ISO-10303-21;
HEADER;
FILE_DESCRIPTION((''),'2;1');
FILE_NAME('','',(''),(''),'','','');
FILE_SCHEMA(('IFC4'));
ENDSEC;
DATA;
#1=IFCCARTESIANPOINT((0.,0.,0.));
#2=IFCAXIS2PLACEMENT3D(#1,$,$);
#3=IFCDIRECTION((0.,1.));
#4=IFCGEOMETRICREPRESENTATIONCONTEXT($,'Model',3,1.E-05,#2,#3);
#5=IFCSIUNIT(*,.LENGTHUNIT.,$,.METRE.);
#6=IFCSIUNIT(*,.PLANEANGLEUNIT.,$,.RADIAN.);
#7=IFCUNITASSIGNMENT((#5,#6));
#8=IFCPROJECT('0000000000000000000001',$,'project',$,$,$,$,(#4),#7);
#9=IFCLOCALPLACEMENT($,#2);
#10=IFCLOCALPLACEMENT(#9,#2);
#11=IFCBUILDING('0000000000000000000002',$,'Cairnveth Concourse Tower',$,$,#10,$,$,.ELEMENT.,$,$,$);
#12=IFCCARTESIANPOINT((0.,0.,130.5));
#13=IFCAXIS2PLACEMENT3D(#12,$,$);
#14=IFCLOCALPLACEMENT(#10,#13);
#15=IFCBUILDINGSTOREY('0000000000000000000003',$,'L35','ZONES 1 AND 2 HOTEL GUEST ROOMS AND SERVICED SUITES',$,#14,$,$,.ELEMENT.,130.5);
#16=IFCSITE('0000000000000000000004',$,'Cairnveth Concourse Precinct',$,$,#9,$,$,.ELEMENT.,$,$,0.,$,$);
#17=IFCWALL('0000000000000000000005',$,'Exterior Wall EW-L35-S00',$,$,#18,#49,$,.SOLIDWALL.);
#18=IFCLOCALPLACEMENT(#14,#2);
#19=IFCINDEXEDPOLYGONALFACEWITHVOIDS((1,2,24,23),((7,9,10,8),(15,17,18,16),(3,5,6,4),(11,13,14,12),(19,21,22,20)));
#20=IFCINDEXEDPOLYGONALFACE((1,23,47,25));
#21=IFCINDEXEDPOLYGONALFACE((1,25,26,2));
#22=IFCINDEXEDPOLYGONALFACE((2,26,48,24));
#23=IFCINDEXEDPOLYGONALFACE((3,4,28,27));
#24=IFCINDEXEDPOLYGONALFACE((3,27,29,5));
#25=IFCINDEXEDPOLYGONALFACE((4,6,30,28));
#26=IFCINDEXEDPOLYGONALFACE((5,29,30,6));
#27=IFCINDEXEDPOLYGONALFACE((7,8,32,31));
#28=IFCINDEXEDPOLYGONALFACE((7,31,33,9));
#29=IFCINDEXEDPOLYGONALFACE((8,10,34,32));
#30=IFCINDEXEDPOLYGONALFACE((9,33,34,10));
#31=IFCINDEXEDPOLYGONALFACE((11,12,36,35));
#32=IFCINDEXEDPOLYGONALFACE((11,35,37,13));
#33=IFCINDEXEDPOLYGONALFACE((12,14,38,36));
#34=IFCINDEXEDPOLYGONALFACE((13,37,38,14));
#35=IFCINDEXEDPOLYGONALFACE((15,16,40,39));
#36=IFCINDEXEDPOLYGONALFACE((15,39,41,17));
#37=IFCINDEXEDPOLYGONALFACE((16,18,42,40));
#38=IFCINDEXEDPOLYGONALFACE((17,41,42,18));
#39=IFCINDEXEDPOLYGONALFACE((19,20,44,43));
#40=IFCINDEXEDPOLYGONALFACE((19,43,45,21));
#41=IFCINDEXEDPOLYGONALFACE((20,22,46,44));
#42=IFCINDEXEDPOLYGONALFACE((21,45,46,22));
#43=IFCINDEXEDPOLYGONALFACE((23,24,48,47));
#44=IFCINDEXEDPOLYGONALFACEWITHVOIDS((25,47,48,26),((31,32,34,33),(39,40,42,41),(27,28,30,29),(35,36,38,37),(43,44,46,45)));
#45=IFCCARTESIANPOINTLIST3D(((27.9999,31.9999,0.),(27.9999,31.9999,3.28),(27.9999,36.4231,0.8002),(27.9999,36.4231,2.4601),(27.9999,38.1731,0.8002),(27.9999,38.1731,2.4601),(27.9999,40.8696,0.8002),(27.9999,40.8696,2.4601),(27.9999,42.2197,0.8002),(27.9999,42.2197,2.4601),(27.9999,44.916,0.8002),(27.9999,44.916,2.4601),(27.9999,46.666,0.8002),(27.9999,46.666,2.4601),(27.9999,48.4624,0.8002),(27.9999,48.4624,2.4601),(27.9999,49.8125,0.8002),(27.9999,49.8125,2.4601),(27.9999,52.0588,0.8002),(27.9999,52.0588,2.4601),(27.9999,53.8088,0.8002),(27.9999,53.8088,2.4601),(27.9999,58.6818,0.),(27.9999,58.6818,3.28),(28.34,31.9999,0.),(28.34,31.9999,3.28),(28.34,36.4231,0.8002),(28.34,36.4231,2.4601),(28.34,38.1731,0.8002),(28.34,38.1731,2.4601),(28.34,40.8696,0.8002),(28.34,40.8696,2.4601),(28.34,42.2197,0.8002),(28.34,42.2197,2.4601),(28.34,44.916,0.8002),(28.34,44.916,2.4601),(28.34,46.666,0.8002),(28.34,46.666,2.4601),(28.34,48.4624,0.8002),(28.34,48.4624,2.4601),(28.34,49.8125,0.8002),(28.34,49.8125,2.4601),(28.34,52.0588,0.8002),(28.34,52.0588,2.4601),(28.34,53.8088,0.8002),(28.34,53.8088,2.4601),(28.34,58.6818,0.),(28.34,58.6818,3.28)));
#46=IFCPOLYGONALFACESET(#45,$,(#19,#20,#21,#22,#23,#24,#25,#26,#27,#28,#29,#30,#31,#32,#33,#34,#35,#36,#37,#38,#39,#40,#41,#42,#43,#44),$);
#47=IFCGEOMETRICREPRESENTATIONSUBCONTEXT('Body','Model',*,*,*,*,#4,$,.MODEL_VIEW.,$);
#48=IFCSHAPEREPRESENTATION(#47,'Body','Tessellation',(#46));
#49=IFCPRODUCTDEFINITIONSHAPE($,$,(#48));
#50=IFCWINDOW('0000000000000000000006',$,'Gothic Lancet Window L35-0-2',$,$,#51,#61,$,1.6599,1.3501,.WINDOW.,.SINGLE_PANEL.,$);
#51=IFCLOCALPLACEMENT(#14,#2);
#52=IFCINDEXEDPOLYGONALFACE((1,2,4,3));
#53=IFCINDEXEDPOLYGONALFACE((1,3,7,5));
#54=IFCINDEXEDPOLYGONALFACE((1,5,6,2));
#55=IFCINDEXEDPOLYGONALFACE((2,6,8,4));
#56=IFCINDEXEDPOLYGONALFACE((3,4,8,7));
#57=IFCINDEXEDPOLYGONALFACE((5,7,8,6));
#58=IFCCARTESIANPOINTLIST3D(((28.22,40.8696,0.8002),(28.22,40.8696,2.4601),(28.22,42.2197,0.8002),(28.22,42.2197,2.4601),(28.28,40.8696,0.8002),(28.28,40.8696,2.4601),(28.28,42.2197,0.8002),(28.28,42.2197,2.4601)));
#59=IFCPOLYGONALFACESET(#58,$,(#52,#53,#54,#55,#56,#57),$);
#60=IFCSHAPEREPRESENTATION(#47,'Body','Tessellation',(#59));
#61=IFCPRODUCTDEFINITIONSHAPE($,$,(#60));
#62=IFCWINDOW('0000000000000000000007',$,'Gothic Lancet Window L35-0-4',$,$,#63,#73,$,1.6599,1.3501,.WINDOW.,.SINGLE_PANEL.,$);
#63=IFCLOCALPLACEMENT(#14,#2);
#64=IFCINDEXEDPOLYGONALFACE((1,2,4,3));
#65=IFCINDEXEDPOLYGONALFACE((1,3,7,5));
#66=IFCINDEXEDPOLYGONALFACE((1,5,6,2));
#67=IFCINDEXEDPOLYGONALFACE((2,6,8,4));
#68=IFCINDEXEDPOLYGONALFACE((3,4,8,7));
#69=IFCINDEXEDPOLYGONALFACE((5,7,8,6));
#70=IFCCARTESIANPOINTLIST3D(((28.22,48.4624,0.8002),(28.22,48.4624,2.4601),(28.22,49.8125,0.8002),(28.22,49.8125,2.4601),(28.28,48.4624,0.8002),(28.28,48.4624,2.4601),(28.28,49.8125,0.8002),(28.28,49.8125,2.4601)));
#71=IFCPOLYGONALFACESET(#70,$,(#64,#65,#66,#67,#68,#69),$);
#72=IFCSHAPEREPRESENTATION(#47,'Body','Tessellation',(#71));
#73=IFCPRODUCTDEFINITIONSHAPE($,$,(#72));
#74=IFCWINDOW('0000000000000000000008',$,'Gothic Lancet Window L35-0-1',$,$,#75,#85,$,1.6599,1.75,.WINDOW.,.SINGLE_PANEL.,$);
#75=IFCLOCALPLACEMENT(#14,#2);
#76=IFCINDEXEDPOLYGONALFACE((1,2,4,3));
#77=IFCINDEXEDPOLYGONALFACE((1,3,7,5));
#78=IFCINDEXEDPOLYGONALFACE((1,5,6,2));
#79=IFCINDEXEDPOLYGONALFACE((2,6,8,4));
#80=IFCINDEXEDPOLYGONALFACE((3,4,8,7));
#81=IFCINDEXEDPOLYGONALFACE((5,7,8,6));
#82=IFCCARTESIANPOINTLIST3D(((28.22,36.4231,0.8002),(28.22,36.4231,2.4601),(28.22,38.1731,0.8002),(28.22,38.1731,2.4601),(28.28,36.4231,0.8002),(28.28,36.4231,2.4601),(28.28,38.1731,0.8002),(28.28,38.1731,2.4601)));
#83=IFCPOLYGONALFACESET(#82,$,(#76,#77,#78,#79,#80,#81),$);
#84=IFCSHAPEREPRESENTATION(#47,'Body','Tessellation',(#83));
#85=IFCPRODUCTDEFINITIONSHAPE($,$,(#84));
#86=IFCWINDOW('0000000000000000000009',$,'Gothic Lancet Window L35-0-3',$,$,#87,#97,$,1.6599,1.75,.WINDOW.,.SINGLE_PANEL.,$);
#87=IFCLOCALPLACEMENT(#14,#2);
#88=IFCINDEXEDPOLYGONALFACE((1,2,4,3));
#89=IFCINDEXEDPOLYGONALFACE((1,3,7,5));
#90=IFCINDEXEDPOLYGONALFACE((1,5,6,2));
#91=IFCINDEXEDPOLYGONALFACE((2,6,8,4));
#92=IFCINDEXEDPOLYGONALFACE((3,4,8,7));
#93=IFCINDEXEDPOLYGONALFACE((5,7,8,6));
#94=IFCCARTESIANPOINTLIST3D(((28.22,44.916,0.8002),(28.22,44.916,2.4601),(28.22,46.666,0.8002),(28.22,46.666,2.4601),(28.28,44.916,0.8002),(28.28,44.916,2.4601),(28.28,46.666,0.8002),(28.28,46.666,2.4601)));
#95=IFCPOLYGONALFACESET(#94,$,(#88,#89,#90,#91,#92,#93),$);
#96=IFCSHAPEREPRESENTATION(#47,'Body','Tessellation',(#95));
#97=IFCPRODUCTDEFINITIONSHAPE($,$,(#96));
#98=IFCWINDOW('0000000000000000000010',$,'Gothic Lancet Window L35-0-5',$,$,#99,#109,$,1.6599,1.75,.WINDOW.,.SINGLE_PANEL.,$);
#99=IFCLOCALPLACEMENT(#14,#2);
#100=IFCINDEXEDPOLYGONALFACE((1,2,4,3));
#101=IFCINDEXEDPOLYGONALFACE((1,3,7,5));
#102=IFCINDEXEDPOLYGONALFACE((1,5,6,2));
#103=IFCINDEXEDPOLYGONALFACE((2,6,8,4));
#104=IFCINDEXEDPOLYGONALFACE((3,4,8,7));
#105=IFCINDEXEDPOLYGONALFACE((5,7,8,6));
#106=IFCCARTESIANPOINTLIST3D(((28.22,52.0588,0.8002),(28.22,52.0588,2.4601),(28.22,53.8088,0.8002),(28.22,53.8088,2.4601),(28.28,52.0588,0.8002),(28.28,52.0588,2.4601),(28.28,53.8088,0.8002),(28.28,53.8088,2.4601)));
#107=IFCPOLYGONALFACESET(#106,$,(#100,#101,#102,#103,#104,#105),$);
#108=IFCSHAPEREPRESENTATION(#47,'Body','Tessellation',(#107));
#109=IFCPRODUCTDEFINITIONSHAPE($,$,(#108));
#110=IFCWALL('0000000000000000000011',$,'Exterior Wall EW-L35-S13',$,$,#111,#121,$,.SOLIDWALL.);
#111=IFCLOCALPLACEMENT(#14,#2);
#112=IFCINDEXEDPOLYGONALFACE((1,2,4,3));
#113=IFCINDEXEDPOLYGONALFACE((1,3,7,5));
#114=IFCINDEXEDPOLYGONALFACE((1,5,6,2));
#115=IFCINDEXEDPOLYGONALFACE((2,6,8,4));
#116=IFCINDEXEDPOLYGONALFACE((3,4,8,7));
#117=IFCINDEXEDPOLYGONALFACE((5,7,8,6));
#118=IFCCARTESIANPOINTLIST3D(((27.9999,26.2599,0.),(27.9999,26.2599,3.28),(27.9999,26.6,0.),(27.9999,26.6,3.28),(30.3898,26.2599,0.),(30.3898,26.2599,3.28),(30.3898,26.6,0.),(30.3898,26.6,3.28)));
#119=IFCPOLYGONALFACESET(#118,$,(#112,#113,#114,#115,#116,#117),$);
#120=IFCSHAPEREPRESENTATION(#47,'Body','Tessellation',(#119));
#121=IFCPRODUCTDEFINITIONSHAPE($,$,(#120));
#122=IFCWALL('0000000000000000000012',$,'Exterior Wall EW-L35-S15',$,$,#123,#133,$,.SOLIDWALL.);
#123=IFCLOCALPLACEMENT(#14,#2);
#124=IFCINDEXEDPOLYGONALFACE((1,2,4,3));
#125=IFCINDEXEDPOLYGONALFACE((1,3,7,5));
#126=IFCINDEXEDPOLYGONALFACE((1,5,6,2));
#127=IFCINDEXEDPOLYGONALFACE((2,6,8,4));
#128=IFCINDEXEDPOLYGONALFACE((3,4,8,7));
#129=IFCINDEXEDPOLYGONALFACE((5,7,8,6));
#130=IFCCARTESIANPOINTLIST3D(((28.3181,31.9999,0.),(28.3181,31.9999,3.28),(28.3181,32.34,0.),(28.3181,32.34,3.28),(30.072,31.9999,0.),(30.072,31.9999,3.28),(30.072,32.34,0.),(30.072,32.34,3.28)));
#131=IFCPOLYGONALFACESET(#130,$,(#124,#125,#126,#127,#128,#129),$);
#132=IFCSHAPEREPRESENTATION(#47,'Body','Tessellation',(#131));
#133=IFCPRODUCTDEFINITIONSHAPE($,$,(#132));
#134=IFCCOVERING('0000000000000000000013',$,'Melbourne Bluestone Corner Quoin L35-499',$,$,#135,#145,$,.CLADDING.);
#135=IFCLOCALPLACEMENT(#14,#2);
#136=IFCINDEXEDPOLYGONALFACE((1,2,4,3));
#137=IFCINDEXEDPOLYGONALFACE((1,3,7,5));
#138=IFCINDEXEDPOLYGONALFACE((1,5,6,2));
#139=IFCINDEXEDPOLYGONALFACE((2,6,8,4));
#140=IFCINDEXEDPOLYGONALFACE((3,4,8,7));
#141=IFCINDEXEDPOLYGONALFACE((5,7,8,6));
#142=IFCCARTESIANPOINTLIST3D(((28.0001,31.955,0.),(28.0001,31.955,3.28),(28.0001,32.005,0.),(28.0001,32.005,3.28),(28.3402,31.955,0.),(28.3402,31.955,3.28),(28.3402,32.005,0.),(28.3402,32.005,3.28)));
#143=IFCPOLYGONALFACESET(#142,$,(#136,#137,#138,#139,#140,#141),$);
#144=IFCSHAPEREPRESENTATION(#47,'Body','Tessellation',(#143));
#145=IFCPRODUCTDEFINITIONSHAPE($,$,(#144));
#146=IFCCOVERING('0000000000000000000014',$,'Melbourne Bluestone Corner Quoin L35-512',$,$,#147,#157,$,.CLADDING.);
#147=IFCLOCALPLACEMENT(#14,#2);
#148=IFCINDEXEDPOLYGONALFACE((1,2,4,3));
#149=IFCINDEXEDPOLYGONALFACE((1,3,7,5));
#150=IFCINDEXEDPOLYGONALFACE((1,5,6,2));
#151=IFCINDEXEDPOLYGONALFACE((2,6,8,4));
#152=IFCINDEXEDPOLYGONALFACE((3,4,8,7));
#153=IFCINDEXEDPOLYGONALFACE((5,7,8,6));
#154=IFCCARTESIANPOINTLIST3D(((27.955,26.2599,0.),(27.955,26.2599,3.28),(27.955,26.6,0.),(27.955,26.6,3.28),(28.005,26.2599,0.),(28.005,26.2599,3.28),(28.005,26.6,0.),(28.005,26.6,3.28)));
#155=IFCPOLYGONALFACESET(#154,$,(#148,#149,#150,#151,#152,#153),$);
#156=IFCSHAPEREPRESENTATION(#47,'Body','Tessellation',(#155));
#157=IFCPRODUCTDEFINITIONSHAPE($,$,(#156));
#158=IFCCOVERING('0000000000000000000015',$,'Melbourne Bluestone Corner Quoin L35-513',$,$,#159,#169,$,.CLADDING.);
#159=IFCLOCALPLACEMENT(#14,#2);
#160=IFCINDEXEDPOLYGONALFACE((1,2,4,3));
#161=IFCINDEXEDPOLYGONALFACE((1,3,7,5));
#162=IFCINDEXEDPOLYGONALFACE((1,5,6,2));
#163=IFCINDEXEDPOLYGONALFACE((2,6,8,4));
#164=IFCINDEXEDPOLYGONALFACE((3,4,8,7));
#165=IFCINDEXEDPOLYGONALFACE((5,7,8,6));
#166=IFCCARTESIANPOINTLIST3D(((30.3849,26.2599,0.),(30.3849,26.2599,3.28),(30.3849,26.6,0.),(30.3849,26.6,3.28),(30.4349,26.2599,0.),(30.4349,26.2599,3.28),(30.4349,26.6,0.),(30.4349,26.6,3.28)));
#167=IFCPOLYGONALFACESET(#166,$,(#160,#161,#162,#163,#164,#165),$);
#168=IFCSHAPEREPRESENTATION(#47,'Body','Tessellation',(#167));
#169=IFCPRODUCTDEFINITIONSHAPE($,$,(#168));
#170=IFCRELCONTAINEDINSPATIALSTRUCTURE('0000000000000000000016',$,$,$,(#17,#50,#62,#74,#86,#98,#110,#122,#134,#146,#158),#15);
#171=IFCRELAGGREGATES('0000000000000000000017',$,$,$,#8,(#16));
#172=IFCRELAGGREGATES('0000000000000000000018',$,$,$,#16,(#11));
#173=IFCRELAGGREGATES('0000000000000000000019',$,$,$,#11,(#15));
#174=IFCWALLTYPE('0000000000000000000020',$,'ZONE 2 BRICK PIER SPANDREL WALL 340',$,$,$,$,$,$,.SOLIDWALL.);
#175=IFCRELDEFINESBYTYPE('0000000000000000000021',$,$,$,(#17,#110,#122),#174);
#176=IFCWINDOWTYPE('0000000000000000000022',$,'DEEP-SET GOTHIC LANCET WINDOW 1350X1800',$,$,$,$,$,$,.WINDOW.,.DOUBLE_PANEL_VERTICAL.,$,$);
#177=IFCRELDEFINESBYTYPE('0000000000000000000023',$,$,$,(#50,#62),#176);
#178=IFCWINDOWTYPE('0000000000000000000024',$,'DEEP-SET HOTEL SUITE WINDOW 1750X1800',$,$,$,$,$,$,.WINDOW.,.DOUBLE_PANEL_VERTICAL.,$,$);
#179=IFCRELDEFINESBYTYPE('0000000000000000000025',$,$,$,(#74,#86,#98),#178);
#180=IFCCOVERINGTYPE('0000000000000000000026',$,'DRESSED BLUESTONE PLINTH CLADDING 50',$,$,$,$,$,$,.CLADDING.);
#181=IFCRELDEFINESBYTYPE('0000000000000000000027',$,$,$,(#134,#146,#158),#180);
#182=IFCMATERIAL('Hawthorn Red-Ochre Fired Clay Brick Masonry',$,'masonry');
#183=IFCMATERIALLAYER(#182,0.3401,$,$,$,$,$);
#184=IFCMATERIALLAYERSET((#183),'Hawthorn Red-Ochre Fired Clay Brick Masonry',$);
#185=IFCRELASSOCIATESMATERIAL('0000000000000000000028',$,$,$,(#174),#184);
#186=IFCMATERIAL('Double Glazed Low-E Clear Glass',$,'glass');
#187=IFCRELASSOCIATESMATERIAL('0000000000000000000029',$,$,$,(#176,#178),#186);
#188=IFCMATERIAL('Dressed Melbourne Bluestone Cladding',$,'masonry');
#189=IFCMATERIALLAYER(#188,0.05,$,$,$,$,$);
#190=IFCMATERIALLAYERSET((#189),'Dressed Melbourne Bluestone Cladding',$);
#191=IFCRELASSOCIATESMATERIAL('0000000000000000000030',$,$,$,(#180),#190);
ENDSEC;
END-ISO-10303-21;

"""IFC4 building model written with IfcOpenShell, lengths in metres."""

from ifc_helpers import new_model, si_unit, direction, frame, frame_2d, origin, place, context, subcontext, project, spatial, rectangle, extrude, material, layer, layer_set, type_object, element, fill, save


model = new_model("IFC4")

# Units and contexts
model_context = context("Model", 3, precision=1e-05, world=origin(), true_north=direction((0.0, 1.0)))
body_context = subcontext(model_context, "Body", "Model", "MODEL_VIEW")
ifc_project = project(units=[si_unit("LENGTHUNIT", "METRE"), si_unit("PLANEANGLEUNIT", "RADIAN")], contexts=[model_context])

# Site, building, storey
site_placement = place(None, origin())
site = spatial("IfcSite", under=ifc_project, at=site_placement, Name="Cairnveth Concourse Precinct", CompositionType="ELEMENT", RefElevation=0.0)
building_placement = place(site_placement, origin())
building = spatial("IfcBuilding", under=site, at=building_placement, Name="Cairnveth Concourse Tower", CompositionType="ELEMENT")
storey_placement = place(building_placement, frame((0.0, 0.0, 130.5)))
storey = spatial("IfcBuildingStorey", under=building, at=storey_placement, Name="L35", Description="ZONES 1 AND 2 HOTEL GUEST ROOMS AND SERVICED SUITES", CompositionType="ELEMENT", Elevation=130.5)

# Shared definitions
ifc_material_1 = material(Name="Dressed Melbourne Bluestone Cladding", Category="masonry")

# Wall, openings, windows
ifc_material_2 = material(Name="Hawthorn Red-Ochre Fired Clay Brick Masonry", Category="masonry")
ifc_layer_1 = layer(ifc_material_2, 0.3401)
ifc_layer_set_1 = layer_set([ifc_layer_1], Name="Hawthorn Red-Ochre Fired Clay Brick Masonry")
wall_type_1 = type_object("IfcWallType", Name="ZONE 2 BRICK PIER SPANDREL WALL 340", PredefinedType="SOLIDWALL", material=ifc_layer_set_1)
wall_1_placement = place(storey_placement, frame((28.1699, 32.0, 0.0), z_axis=(0.0, 0.0, 1.0), x_axis=(0.0, 1.0, 0.0)))
wall_1 = element("IfcWall", 1, at=wall_1_placement, inside=storey, type_object=wall_type_1, Name="Exterior Wall EW-L35-S00", PredefinedType="SOLIDWALL", context=body_context, shape_type="SweptSolid", body=[
    extrude(rectangle(XDim=26.6819, YDim=0.3401, at=frame_2d((13.3408, 0.0))), origin(), (0.0, 0.0, 1.0), 3.28),
])
opening_1_placement = place(wall_1_placement, frame((4.4231, 0.0, 0.8)))
opening_1 = element("IfcOpeningElement", 2, at=opening_1_placement, cuts=wall_1, PredefinedType="OPENING", context=body_context, shape_type="SweptSolid", body=[
    extrude(rectangle(XDim=1.75, YDim=1.6599, at=frame_2d((0.875, 0.8301))), frame((0.0, 0.1799, 0.0), z_axis=(0.0, -1.0, 0.0), x_axis=(1.0, 0.0, 0.0)), (0.0, 0.0, 1.0), 0.3601),
])
opening_2_placement = place(wall_1_placement, frame((8.8696, 0.0, 0.8)))
opening_2 = element("IfcOpeningElement", 3, at=opening_2_placement, cuts=wall_1, PredefinedType="OPENING", context=body_context, shape_type="SweptSolid", body=[
    extrude(rectangle(XDim=1.3501, YDim=1.6599, at=frame_2d((0.675, 0.8301))), frame((0.0, 0.1799, 0.0), z_axis=(0.0, -1.0, 0.0), x_axis=(1.0, 0.0, 0.0)), (0.0, 0.0, 1.0), 0.3601),
])
opening_3_placement = place(wall_1_placement, frame((12.916, 0.0, 0.8)))
opening_3 = element("IfcOpeningElement", 4, at=opening_3_placement, cuts=wall_1, PredefinedType="OPENING", context=body_context, shape_type="SweptSolid", body=[
    extrude(rectangle(XDim=1.75, YDim=1.6599, at=frame_2d((0.875, 0.8301))), frame((0.0, 0.1799, 0.0), z_axis=(0.0, -1.0, 0.0), x_axis=(1.0, 0.0, 0.0)), (0.0, 0.0, 1.0), 0.3601),
])
opening_4_placement = place(wall_1_placement, frame((16.4624, 0.0, 0.8)))
opening_4 = element("IfcOpeningElement", 5, at=opening_4_placement, cuts=wall_1, PredefinedType="OPENING", context=body_context, shape_type="SweptSolid", body=[
    extrude(rectangle(XDim=1.3501, YDim=1.6599, at=frame_2d((0.675, 0.8301))), frame((0.0, 0.1799, 0.0), z_axis=(0.0, -1.0, 0.0), x_axis=(1.0, 0.0, 0.0)), (0.0, 0.0, 1.0), 0.3601),
])
opening_5_placement = place(wall_1_placement, frame((20.0588, 0.0, 0.8)))
opening_5 = element("IfcOpeningElement", 6, at=opening_5_placement, cuts=wall_1, PredefinedType="OPENING", context=body_context, shape_type="SweptSolid", body=[
    extrude(rectangle(XDim=1.75, YDim=1.6599, at=frame_2d((0.875, 0.8301))), frame((0.0, 0.1799, 0.0), z_axis=(0.0, -1.0, 0.0), x_axis=(1.0, 0.0, 0.0)), (0.0, 0.0, 1.0), 0.3601),
])
ifc_material_3 = material(Name="Double Glazed Low-E Clear Glass", Category="glass")
window_type_1 = type_object("IfcWindowType", Name="DEEP-SET GOTHIC LANCET WINDOW 1350X1800", PartitioningType="DOUBLE_PANEL_VERTICAL", PredefinedType="WINDOW", material=ifc_material_3)
window_1_placement = place(opening_2_placement, origin())
window_1 = element("IfcWindow", 7, at=window_1_placement, inside=storey, type_object=window_type_1, Name="Gothic Lancet Window L35-0-2", OverallHeight=1.6599, OverallWidth=1.3501, PartitioningType="SINGLE_PANEL", PredefinedType="WINDOW", context=body_context, shape_type="SweptSolid", body=[
    extrude(rectangle(XDim=1.3501, YDim=1.6599, at=frame_2d((0.675, 0.8301))), frame((0.0, -0.05, 0.0), z_axis=(0.0, -1.0, 0.0), x_axis=(1.0, 0.0, 0.0)), (0.0, 0.0, 1.0), 0.0601),
])
fill(opening_2, window_1)
window_2_placement = place(opening_4_placement, origin())
window_2 = element("IfcWindow", 8, at=window_2_placement, inside=storey, type_object=window_type_1, Name="Gothic Lancet Window L35-0-4", OverallHeight=1.6599, OverallWidth=1.3501, PartitioningType="SINGLE_PANEL", PredefinedType="WINDOW", context=body_context, shape_type="SweptSolid", body=[
    extrude(rectangle(XDim=1.3501, YDim=1.6599, at=frame_2d((0.675, 0.8301))), frame((0.0, -0.05, 0.0), z_axis=(0.0, -1.0, 0.0), x_axis=(1.0, 0.0, 0.0)), (0.0, 0.0, 1.0), 0.0601),
])
fill(opening_4, window_2)
window_type_2 = type_object("IfcWindowType", Name="DEEP-SET HOTEL SUITE WINDOW 1750X1800", PartitioningType="DOUBLE_PANEL_VERTICAL", PredefinedType="WINDOW", material=ifc_material_3)
window_3_placement = place(opening_1_placement, origin())
window_3 = element("IfcWindow", 9, at=window_3_placement, inside=storey, type_object=window_type_2, Name="Gothic Lancet Window L35-0-1", OverallHeight=1.6599, OverallWidth=1.75, PartitioningType="SINGLE_PANEL", PredefinedType="WINDOW", context=body_context, shape_type="SweptSolid", body=[
    extrude(rectangle(XDim=1.75, YDim=1.6599, at=frame_2d((0.875, 0.8301))), frame((0.0, -0.05, 0.0), z_axis=(0.0, -1.0, 0.0), x_axis=(1.0, 0.0, 0.0)), (0.0, 0.0, 1.0), 0.0601),
])
fill(opening_1, window_3)
window_4_placement = place(opening_3_placement, origin())
window_4 = element("IfcWindow", 10, at=window_4_placement, inside=storey, type_object=window_type_2, Name="Gothic Lancet Window L35-0-3", OverallHeight=1.6599, OverallWidth=1.75, PartitioningType="SINGLE_PANEL", PredefinedType="WINDOW", context=body_context, shape_type="SweptSolid", body=[
    extrude(rectangle(XDim=1.75, YDim=1.6599, at=frame_2d((0.875, 0.8301))), frame((0.0, -0.05, 0.0), z_axis=(0.0, -1.0, 0.0), x_axis=(1.0, 0.0, 0.0)), (0.0, 0.0, 1.0), 0.0601),
])
fill(opening_3, window_4)
window_5_placement = place(opening_5_placement, origin())
window_5 = element("IfcWindow", 11, at=window_5_placement, inside=storey, type_object=window_type_2, Name="Gothic Lancet Window L35-0-5", OverallHeight=1.6599, OverallWidth=1.75, PartitioningType="SINGLE_PANEL", PredefinedType="WINDOW", context=body_context, shape_type="SweptSolid", body=[
    extrude(rectangle(XDim=1.75, YDim=1.6599, at=frame_2d((0.875, 0.8301))), frame((0.0, -0.05, 0.0), z_axis=(0.0, -1.0, 0.0), x_axis=(1.0, 0.0, 0.0)), (0.0, 0.0, 1.0), 0.0601),
])
fill(opening_5, window_5)

# Wall
wall_2_placement = place(storey_placement, frame((28.0, 26.4299, 0.0), z_axis=(0.0, 0.0, 1.0), x_axis=(1.0, 0.0, 0.0)))
element("IfcWall", 12, at=wall_2_placement, inside=storey, type_object=wall_type_1, Name="Exterior Wall EW-L35-S13", PredefinedType="SOLIDWALL", context=body_context, shape_type="SweptSolid", body=[
    extrude(rectangle(XDim=2.3899, YDim=0.3401, at=frame_2d((1.1948, 0.0))), origin(), (0.0, 0.0, 1.0), 3.28),
])

# Wall
wall_3_placement = place(storey_placement, frame((30.072, 32.1699, 0.0), z_axis=(0.0, 0.0, 1.0), x_axis=(-1.0, 0.0, 0.0)))
element("IfcWall", 13, at=wall_3_placement, inside=storey, type_object=wall_type_1, Name="Exterior Wall EW-L35-S15", PredefinedType="SOLIDWALL", context=body_context, shape_type="SweptSolid", body=[
    extrude(rectangle(XDim=1.7539, YDim=0.3401, at=frame_2d((0.877, 0.0))), origin(), (0.0, 0.0, 1.0), 3.28),
])

# Coverings
ifc_layer_2 = layer(ifc_material_1, 0.05)
ifc_layer_set_2 = layer_set([ifc_layer_2], Name="Dressed Melbourne Bluestone Cladding")
covering_type = type_object("IfcCoveringType", Name="DRESSED BLUESTONE PLINTH CLADDING 50", PredefinedType="CLADDING", material=ifc_layer_set_2)
for number, where, z_axis, x_axis, name in (
    (14, (28.3401, 31.98, 0.0), (0.0, 0.0, 1.0), (-1.0, 0.0, 0.0), "Melbourne Bluestone Corner Quoin L35-499"),
    (15, (27.98, 26.26, 0.0), (0.0, 0.0, 1.0), (0.0, 1.0, 0.0), "Melbourne Bluestone Corner Quoin L35-512"),
    (16, (30.4099, 26.26, 0.0), (0.0, 0.0, 1.0), (0.0, 1.0, 0.0), "Melbourne Bluestone Corner Quoin L35-513"),
):
    element("IfcCovering", number, at=place(storey_placement, frame(where, z_axis=z_axis, x_axis=x_axis)), inside=storey, type_object=covering_type, Name=name, PredefinedType="CLADDING", context=body_context, shape_type="SweptSolid", body=[
        extrude(rectangle(XDim=0.3401, YDim=0.05, at=frame_2d((0.1699, 0.0))), origin(), (0.0, 0.0, 1.0), 3.28),
    ])

save(model, "model.ifc")
